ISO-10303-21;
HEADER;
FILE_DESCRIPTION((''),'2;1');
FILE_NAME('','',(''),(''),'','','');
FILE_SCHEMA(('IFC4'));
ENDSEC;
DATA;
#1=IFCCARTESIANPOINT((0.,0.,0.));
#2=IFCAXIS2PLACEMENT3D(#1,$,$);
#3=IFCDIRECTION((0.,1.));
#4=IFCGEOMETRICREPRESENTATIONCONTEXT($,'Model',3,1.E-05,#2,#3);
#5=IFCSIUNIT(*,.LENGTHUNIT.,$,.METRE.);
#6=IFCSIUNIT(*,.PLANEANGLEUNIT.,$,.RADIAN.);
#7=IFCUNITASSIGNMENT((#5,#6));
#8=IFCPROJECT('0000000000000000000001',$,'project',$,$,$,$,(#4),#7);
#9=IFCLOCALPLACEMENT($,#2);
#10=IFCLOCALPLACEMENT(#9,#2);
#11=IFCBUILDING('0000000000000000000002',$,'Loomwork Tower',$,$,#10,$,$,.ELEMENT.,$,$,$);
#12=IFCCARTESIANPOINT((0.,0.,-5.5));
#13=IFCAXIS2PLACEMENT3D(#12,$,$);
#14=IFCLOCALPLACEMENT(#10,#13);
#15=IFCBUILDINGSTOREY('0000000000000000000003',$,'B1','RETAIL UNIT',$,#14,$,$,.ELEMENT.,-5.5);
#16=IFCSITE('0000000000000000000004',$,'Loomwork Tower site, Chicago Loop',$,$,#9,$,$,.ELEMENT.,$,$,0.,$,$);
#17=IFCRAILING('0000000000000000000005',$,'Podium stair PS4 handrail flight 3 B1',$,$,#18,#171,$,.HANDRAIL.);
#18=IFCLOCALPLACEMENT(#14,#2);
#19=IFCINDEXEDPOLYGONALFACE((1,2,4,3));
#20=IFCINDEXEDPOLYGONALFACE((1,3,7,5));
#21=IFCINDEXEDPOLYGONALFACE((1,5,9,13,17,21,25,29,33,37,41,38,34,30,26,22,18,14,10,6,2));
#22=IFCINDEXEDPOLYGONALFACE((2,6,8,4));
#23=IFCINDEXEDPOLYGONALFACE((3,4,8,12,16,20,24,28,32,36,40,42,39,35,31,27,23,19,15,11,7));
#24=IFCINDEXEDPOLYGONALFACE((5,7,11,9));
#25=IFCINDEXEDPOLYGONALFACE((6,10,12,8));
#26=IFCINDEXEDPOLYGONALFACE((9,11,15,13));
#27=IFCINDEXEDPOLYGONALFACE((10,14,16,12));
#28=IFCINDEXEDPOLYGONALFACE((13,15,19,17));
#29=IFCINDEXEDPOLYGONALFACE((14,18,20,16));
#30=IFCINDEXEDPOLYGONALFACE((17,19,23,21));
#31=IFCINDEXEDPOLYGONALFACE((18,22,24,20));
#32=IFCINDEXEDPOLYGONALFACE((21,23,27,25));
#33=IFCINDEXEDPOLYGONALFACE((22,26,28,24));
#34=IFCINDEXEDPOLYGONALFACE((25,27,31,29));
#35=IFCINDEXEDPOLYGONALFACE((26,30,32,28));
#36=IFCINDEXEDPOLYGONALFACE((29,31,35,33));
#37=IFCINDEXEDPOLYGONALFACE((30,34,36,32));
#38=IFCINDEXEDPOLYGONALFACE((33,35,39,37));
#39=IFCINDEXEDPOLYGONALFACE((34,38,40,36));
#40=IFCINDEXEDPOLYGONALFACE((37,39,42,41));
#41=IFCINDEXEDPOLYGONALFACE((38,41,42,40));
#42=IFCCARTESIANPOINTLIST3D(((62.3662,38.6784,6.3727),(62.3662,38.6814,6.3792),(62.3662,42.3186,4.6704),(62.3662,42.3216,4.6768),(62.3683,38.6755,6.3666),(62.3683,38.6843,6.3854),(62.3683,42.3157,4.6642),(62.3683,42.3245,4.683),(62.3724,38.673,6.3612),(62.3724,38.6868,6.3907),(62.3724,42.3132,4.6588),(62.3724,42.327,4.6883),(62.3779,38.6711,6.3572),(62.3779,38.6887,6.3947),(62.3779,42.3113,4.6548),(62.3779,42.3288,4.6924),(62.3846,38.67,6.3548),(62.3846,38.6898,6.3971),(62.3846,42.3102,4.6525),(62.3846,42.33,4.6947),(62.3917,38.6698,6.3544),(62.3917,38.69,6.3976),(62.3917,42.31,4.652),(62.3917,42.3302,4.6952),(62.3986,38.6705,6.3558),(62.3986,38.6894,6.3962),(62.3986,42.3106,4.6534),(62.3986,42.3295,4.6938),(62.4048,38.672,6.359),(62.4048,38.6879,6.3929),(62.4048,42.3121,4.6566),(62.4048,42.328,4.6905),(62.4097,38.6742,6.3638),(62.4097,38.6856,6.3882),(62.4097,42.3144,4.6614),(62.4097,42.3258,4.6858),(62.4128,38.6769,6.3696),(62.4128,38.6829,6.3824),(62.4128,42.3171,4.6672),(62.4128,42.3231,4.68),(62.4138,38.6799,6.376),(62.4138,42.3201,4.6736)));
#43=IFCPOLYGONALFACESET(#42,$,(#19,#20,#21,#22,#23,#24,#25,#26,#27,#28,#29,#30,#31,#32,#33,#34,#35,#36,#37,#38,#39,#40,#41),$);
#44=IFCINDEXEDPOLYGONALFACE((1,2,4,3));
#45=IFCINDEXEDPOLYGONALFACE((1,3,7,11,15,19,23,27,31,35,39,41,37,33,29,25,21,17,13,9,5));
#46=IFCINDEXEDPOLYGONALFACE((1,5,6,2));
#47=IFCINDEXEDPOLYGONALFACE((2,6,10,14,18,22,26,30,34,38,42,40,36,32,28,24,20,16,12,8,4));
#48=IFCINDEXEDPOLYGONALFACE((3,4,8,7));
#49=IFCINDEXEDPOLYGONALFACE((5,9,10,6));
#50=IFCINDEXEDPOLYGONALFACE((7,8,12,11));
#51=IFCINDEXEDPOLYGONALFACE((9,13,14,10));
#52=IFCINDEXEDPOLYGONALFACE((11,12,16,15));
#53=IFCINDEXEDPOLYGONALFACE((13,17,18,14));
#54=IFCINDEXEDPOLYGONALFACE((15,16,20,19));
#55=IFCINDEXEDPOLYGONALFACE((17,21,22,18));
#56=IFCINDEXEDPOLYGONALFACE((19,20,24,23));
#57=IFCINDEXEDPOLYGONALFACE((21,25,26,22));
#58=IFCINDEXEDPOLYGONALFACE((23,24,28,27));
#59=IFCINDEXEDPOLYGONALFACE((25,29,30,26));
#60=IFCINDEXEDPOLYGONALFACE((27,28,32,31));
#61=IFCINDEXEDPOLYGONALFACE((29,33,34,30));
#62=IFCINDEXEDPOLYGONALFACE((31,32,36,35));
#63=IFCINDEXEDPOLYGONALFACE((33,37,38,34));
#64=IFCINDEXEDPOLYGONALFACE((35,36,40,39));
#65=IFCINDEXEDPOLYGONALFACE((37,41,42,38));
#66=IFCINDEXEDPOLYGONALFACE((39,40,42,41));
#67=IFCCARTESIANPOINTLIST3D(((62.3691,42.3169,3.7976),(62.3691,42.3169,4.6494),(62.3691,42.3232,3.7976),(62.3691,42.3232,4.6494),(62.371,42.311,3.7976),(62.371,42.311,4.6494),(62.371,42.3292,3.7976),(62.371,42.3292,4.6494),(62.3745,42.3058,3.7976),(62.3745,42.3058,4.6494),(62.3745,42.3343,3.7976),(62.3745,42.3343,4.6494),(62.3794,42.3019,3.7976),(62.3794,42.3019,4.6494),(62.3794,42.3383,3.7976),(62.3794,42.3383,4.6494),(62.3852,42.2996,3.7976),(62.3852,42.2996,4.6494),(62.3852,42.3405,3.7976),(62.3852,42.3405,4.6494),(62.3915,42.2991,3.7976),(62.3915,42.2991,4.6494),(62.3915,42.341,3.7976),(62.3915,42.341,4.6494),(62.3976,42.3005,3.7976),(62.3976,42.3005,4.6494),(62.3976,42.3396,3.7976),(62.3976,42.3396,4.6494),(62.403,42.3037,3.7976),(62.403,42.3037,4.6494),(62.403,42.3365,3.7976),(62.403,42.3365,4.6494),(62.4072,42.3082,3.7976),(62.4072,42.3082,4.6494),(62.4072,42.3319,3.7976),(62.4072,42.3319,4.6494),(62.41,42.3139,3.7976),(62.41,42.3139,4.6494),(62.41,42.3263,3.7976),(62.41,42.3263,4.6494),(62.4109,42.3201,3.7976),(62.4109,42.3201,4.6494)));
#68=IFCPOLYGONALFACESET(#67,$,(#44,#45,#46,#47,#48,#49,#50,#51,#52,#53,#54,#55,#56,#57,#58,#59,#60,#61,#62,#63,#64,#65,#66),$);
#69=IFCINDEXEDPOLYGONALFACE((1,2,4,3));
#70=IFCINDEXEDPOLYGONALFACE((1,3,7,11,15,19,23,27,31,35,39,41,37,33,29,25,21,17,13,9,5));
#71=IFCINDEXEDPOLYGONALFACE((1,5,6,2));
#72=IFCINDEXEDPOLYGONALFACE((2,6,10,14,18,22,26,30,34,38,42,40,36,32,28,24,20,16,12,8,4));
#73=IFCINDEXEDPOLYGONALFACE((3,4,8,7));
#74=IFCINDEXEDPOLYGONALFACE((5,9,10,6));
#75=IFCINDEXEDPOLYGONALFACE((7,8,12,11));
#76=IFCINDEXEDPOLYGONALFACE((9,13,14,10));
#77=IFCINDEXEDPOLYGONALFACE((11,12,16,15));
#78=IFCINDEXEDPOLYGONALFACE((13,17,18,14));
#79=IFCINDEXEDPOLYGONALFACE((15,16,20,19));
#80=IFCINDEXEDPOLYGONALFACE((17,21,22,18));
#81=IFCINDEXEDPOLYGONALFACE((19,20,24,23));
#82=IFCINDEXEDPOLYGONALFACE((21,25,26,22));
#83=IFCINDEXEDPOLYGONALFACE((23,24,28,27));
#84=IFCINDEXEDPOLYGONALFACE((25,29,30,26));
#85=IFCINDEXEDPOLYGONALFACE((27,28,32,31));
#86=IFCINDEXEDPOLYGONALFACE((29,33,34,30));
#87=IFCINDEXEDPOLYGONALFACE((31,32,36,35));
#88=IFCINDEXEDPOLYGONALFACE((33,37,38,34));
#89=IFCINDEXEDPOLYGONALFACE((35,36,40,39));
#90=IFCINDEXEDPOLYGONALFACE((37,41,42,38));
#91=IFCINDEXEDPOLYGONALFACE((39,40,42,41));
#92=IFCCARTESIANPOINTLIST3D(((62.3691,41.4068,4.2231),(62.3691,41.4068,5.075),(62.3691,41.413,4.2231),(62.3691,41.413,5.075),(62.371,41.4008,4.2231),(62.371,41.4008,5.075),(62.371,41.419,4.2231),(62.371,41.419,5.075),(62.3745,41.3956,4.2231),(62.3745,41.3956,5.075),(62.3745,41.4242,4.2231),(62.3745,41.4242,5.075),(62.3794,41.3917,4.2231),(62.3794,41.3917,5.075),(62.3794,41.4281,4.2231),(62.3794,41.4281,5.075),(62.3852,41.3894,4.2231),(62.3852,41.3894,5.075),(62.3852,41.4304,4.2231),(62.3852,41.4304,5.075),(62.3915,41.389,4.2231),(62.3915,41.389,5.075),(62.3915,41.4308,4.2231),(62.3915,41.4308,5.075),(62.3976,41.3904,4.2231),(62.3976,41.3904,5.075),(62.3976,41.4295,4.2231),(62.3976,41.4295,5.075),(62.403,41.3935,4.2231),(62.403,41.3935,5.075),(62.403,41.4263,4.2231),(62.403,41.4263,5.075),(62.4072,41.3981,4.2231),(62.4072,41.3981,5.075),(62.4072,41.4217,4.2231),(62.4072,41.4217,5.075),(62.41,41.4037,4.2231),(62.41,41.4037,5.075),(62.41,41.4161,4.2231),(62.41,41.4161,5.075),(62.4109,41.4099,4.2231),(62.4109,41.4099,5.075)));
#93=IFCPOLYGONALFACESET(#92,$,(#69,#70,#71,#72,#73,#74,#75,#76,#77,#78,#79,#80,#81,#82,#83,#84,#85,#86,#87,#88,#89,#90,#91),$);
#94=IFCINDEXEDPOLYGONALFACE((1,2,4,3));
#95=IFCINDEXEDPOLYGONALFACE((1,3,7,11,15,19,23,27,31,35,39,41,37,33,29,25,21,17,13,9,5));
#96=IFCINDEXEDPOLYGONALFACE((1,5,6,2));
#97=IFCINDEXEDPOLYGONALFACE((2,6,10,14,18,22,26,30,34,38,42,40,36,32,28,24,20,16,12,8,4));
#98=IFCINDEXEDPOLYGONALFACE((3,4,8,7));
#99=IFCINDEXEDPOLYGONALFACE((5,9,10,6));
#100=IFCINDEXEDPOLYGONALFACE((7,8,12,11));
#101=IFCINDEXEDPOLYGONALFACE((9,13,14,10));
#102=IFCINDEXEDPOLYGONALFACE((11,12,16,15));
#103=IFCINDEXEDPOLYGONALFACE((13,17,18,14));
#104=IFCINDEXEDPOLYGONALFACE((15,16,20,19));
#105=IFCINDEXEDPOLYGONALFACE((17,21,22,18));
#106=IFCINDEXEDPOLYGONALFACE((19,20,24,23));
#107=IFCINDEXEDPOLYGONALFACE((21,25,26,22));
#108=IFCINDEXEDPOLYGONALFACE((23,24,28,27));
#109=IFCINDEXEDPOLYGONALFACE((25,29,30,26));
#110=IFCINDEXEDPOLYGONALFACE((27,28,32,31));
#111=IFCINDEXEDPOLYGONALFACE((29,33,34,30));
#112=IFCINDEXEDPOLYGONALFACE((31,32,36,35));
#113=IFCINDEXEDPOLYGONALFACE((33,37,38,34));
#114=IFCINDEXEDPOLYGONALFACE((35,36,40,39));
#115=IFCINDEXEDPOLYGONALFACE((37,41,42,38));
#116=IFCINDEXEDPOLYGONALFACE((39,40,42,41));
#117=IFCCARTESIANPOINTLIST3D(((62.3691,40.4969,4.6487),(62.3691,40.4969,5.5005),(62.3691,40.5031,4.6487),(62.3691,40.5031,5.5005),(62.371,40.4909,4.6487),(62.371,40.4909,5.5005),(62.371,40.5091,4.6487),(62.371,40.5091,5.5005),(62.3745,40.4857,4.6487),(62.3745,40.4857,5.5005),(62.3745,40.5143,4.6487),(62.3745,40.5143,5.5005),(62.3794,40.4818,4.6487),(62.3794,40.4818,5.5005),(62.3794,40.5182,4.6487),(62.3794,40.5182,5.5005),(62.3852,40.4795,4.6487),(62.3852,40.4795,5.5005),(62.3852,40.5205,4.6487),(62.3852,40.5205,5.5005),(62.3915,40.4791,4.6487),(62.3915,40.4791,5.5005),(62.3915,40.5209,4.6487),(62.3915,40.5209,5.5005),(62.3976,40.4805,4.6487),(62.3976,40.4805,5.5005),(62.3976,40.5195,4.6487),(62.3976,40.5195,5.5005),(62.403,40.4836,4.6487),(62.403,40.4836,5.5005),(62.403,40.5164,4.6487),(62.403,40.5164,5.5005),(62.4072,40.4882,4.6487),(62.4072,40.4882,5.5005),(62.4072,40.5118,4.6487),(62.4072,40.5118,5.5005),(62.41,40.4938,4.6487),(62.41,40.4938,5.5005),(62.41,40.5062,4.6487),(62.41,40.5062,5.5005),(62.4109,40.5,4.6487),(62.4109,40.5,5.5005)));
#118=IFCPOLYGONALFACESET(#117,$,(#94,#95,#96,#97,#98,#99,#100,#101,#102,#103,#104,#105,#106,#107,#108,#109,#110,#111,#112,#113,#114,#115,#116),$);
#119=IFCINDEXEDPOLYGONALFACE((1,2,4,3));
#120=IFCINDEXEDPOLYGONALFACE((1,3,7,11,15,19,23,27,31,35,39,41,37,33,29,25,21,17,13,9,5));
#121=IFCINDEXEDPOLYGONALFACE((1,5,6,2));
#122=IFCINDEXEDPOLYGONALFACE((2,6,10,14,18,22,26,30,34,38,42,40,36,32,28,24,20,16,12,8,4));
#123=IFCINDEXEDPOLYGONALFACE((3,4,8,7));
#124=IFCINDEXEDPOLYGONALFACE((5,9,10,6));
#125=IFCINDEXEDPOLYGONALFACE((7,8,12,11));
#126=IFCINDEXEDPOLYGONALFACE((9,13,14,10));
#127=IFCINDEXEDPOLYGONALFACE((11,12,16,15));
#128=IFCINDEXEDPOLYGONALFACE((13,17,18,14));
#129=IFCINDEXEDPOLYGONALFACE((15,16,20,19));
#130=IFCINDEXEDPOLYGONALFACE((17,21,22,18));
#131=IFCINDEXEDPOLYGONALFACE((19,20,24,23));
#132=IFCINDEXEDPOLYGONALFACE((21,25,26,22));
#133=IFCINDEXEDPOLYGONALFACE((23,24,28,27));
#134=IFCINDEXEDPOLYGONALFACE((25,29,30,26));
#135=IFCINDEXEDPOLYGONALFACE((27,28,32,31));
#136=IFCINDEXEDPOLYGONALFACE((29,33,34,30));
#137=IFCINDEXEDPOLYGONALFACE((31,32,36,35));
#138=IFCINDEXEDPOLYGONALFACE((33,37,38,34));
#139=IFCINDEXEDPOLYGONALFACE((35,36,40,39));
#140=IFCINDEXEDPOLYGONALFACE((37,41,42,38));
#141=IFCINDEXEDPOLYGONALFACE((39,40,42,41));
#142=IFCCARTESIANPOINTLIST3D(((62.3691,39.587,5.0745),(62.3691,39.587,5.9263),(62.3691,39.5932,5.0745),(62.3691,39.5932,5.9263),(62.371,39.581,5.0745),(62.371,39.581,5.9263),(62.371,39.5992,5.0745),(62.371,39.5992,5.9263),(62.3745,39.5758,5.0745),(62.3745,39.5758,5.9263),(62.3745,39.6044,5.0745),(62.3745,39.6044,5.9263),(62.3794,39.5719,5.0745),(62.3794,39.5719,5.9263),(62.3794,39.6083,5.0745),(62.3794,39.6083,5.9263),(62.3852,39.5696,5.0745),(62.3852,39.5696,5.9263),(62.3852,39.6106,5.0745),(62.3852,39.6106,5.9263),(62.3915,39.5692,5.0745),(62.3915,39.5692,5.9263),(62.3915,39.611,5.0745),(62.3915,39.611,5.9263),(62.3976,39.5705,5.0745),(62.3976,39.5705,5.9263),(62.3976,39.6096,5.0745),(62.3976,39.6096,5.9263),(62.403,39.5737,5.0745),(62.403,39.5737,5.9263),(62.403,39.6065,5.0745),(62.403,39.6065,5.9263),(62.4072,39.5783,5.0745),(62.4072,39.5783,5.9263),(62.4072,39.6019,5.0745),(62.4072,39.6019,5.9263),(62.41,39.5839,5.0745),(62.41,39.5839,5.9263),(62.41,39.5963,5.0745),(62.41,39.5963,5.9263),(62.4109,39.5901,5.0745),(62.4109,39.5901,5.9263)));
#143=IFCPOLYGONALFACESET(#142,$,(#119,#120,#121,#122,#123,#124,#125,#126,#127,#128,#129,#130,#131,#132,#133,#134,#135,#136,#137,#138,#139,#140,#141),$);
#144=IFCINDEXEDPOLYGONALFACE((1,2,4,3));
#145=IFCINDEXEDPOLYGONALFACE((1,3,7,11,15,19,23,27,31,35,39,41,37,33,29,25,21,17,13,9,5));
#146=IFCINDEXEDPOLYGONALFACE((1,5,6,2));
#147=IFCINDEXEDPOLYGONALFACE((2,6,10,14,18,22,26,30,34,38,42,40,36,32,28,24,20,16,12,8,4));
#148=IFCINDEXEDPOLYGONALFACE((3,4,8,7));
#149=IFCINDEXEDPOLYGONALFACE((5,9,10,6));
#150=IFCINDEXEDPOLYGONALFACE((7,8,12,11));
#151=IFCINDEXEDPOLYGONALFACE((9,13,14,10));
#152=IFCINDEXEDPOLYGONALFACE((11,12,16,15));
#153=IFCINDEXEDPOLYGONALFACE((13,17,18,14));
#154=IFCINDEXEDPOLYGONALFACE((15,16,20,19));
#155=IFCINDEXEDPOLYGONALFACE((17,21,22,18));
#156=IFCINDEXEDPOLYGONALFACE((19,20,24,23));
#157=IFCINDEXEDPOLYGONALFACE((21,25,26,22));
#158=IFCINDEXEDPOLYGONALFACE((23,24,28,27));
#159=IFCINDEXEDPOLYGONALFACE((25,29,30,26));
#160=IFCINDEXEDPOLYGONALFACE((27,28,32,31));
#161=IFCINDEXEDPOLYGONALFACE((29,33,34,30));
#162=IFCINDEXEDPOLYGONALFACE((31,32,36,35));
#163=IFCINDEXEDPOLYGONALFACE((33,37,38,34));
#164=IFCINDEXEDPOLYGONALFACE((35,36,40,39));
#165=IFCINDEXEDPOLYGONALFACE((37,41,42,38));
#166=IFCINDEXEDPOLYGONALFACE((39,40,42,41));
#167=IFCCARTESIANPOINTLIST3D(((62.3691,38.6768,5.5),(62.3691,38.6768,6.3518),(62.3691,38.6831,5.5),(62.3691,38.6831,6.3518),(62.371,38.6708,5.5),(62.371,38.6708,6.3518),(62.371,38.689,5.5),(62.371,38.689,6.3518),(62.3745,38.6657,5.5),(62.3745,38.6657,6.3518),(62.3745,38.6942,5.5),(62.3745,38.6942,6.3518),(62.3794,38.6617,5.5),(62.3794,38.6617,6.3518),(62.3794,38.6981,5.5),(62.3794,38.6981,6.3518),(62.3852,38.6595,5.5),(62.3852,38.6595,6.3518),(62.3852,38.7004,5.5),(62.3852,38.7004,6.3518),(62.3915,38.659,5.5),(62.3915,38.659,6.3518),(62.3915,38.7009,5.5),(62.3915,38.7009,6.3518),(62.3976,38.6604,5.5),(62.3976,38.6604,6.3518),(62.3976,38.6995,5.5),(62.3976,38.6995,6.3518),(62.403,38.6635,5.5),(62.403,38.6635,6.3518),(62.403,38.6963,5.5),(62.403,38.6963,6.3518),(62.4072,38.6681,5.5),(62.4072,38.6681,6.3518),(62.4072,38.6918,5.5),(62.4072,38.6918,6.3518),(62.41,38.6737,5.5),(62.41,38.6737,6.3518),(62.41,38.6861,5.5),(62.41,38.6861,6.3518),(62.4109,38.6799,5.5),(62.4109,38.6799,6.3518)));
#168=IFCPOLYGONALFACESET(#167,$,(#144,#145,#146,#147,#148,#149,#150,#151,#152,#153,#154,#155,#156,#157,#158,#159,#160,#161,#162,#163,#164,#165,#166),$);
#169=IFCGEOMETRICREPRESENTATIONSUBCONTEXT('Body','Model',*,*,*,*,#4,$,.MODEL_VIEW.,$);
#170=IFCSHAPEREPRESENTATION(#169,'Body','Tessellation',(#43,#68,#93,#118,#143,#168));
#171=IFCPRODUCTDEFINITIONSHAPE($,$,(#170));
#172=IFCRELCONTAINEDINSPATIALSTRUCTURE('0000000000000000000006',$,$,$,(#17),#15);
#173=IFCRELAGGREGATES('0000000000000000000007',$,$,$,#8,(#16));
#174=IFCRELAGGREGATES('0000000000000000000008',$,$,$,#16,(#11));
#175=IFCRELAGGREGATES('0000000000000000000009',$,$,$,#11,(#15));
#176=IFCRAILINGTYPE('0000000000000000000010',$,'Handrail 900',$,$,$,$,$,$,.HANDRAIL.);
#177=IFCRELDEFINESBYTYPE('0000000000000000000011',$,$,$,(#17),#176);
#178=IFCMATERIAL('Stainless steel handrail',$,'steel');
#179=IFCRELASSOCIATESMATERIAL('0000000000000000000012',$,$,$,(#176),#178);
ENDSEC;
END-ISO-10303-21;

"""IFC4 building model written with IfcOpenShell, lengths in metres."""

from ifc_helpers import new_model, si_unit, direction, frame, origin, origin_2d, place, context, subcontext, project, spatial, circle, extrude, material, type_object, element, save


model = new_model("IFC4")

# Units and contexts
model_context = context("Model", 3, precision=1e-05, world=origin(), true_north=direction((0.0, 1.0)))
body_context = subcontext(model_context, "Body", "Model", "MODEL_VIEW")
ifc_project = project(units=[si_unit("LENGTHUNIT", "METRE"), si_unit("PLANEANGLEUNIT", "RADIAN")], contexts=[model_context])

# Site, building, storey
site_placement = place(None, origin())
site = spatial("IfcSite", under=ifc_project, at=site_placement, Name="Loomwork Tower site, Chicago Loop", CompositionType="ELEMENT", RefElevation=0.0)
building_placement = place(site_placement, origin())
building = spatial("IfcBuilding", under=site, at=building_placement, Name="Loomwork Tower", CompositionType="ELEMENT")
storey_placement = place(building_placement, frame((0.0, 0.0, -5.5)))
storey = spatial("IfcBuildingStorey", under=building, at=storey_placement, Name="B1", Description="RETAIL UNIT", CompositionType="ELEMENT", Elevation=-5.5)

# Railing
ifc_material_1 = material(Name="Stainless steel handrail", Category="steel")
railing_type = type_object("IfcRailingType", Name="Handrail 900", PredefinedType="HANDRAIL", material=ifc_material_1)
railing_1_placement = place(storey_placement, frame((62.3899, 42.3201, 3.7976)))
element("IfcRailing", 1, at=railing_1_placement, inside=storey, type_object=railing_type, Name="Podium stair PS4 handrail flight 3 B1", PredefinedType="HANDRAIL", context=body_context, shape_type="SweptSolid", body=[
    extrude(circle(Radius=0.0239, at=origin_2d()), frame((0.0, 0.0, 0.876), z_axis=(0.0, -0.905834, 0.423634), x_axis=(1.0, 0.0, 0.0)), (0.0, 0.0, 1.0), 4.0186),
    extrude(circle(Radius=0.021, at=origin_2d()), origin(), (0.0, 0.0, 1.0), 0.8518),
    extrude(circle(Radius=0.021, at=origin_2d()), frame((0.0, -0.9102, 0.4255)), (0.0, 0.0, 1.0), 0.8518),
    extrude(circle(Radius=0.021, at=origin_2d()), frame((0.0, -1.8201, 0.8511)), (0.0, 0.0, 1.0), 0.8518),
    extrude(circle(Radius=0.021, at=origin_2d()), frame((0.0, -2.73, 1.2769)), (0.0, 0.0, 1.0), 0.8518),
    extrude(circle(Radius=0.021, at=origin_2d()), frame((0.0, -3.6401, 1.7024)), (0.0, 0.0, 1.0), 0.8518),
])

save(model, "model.ifc")
